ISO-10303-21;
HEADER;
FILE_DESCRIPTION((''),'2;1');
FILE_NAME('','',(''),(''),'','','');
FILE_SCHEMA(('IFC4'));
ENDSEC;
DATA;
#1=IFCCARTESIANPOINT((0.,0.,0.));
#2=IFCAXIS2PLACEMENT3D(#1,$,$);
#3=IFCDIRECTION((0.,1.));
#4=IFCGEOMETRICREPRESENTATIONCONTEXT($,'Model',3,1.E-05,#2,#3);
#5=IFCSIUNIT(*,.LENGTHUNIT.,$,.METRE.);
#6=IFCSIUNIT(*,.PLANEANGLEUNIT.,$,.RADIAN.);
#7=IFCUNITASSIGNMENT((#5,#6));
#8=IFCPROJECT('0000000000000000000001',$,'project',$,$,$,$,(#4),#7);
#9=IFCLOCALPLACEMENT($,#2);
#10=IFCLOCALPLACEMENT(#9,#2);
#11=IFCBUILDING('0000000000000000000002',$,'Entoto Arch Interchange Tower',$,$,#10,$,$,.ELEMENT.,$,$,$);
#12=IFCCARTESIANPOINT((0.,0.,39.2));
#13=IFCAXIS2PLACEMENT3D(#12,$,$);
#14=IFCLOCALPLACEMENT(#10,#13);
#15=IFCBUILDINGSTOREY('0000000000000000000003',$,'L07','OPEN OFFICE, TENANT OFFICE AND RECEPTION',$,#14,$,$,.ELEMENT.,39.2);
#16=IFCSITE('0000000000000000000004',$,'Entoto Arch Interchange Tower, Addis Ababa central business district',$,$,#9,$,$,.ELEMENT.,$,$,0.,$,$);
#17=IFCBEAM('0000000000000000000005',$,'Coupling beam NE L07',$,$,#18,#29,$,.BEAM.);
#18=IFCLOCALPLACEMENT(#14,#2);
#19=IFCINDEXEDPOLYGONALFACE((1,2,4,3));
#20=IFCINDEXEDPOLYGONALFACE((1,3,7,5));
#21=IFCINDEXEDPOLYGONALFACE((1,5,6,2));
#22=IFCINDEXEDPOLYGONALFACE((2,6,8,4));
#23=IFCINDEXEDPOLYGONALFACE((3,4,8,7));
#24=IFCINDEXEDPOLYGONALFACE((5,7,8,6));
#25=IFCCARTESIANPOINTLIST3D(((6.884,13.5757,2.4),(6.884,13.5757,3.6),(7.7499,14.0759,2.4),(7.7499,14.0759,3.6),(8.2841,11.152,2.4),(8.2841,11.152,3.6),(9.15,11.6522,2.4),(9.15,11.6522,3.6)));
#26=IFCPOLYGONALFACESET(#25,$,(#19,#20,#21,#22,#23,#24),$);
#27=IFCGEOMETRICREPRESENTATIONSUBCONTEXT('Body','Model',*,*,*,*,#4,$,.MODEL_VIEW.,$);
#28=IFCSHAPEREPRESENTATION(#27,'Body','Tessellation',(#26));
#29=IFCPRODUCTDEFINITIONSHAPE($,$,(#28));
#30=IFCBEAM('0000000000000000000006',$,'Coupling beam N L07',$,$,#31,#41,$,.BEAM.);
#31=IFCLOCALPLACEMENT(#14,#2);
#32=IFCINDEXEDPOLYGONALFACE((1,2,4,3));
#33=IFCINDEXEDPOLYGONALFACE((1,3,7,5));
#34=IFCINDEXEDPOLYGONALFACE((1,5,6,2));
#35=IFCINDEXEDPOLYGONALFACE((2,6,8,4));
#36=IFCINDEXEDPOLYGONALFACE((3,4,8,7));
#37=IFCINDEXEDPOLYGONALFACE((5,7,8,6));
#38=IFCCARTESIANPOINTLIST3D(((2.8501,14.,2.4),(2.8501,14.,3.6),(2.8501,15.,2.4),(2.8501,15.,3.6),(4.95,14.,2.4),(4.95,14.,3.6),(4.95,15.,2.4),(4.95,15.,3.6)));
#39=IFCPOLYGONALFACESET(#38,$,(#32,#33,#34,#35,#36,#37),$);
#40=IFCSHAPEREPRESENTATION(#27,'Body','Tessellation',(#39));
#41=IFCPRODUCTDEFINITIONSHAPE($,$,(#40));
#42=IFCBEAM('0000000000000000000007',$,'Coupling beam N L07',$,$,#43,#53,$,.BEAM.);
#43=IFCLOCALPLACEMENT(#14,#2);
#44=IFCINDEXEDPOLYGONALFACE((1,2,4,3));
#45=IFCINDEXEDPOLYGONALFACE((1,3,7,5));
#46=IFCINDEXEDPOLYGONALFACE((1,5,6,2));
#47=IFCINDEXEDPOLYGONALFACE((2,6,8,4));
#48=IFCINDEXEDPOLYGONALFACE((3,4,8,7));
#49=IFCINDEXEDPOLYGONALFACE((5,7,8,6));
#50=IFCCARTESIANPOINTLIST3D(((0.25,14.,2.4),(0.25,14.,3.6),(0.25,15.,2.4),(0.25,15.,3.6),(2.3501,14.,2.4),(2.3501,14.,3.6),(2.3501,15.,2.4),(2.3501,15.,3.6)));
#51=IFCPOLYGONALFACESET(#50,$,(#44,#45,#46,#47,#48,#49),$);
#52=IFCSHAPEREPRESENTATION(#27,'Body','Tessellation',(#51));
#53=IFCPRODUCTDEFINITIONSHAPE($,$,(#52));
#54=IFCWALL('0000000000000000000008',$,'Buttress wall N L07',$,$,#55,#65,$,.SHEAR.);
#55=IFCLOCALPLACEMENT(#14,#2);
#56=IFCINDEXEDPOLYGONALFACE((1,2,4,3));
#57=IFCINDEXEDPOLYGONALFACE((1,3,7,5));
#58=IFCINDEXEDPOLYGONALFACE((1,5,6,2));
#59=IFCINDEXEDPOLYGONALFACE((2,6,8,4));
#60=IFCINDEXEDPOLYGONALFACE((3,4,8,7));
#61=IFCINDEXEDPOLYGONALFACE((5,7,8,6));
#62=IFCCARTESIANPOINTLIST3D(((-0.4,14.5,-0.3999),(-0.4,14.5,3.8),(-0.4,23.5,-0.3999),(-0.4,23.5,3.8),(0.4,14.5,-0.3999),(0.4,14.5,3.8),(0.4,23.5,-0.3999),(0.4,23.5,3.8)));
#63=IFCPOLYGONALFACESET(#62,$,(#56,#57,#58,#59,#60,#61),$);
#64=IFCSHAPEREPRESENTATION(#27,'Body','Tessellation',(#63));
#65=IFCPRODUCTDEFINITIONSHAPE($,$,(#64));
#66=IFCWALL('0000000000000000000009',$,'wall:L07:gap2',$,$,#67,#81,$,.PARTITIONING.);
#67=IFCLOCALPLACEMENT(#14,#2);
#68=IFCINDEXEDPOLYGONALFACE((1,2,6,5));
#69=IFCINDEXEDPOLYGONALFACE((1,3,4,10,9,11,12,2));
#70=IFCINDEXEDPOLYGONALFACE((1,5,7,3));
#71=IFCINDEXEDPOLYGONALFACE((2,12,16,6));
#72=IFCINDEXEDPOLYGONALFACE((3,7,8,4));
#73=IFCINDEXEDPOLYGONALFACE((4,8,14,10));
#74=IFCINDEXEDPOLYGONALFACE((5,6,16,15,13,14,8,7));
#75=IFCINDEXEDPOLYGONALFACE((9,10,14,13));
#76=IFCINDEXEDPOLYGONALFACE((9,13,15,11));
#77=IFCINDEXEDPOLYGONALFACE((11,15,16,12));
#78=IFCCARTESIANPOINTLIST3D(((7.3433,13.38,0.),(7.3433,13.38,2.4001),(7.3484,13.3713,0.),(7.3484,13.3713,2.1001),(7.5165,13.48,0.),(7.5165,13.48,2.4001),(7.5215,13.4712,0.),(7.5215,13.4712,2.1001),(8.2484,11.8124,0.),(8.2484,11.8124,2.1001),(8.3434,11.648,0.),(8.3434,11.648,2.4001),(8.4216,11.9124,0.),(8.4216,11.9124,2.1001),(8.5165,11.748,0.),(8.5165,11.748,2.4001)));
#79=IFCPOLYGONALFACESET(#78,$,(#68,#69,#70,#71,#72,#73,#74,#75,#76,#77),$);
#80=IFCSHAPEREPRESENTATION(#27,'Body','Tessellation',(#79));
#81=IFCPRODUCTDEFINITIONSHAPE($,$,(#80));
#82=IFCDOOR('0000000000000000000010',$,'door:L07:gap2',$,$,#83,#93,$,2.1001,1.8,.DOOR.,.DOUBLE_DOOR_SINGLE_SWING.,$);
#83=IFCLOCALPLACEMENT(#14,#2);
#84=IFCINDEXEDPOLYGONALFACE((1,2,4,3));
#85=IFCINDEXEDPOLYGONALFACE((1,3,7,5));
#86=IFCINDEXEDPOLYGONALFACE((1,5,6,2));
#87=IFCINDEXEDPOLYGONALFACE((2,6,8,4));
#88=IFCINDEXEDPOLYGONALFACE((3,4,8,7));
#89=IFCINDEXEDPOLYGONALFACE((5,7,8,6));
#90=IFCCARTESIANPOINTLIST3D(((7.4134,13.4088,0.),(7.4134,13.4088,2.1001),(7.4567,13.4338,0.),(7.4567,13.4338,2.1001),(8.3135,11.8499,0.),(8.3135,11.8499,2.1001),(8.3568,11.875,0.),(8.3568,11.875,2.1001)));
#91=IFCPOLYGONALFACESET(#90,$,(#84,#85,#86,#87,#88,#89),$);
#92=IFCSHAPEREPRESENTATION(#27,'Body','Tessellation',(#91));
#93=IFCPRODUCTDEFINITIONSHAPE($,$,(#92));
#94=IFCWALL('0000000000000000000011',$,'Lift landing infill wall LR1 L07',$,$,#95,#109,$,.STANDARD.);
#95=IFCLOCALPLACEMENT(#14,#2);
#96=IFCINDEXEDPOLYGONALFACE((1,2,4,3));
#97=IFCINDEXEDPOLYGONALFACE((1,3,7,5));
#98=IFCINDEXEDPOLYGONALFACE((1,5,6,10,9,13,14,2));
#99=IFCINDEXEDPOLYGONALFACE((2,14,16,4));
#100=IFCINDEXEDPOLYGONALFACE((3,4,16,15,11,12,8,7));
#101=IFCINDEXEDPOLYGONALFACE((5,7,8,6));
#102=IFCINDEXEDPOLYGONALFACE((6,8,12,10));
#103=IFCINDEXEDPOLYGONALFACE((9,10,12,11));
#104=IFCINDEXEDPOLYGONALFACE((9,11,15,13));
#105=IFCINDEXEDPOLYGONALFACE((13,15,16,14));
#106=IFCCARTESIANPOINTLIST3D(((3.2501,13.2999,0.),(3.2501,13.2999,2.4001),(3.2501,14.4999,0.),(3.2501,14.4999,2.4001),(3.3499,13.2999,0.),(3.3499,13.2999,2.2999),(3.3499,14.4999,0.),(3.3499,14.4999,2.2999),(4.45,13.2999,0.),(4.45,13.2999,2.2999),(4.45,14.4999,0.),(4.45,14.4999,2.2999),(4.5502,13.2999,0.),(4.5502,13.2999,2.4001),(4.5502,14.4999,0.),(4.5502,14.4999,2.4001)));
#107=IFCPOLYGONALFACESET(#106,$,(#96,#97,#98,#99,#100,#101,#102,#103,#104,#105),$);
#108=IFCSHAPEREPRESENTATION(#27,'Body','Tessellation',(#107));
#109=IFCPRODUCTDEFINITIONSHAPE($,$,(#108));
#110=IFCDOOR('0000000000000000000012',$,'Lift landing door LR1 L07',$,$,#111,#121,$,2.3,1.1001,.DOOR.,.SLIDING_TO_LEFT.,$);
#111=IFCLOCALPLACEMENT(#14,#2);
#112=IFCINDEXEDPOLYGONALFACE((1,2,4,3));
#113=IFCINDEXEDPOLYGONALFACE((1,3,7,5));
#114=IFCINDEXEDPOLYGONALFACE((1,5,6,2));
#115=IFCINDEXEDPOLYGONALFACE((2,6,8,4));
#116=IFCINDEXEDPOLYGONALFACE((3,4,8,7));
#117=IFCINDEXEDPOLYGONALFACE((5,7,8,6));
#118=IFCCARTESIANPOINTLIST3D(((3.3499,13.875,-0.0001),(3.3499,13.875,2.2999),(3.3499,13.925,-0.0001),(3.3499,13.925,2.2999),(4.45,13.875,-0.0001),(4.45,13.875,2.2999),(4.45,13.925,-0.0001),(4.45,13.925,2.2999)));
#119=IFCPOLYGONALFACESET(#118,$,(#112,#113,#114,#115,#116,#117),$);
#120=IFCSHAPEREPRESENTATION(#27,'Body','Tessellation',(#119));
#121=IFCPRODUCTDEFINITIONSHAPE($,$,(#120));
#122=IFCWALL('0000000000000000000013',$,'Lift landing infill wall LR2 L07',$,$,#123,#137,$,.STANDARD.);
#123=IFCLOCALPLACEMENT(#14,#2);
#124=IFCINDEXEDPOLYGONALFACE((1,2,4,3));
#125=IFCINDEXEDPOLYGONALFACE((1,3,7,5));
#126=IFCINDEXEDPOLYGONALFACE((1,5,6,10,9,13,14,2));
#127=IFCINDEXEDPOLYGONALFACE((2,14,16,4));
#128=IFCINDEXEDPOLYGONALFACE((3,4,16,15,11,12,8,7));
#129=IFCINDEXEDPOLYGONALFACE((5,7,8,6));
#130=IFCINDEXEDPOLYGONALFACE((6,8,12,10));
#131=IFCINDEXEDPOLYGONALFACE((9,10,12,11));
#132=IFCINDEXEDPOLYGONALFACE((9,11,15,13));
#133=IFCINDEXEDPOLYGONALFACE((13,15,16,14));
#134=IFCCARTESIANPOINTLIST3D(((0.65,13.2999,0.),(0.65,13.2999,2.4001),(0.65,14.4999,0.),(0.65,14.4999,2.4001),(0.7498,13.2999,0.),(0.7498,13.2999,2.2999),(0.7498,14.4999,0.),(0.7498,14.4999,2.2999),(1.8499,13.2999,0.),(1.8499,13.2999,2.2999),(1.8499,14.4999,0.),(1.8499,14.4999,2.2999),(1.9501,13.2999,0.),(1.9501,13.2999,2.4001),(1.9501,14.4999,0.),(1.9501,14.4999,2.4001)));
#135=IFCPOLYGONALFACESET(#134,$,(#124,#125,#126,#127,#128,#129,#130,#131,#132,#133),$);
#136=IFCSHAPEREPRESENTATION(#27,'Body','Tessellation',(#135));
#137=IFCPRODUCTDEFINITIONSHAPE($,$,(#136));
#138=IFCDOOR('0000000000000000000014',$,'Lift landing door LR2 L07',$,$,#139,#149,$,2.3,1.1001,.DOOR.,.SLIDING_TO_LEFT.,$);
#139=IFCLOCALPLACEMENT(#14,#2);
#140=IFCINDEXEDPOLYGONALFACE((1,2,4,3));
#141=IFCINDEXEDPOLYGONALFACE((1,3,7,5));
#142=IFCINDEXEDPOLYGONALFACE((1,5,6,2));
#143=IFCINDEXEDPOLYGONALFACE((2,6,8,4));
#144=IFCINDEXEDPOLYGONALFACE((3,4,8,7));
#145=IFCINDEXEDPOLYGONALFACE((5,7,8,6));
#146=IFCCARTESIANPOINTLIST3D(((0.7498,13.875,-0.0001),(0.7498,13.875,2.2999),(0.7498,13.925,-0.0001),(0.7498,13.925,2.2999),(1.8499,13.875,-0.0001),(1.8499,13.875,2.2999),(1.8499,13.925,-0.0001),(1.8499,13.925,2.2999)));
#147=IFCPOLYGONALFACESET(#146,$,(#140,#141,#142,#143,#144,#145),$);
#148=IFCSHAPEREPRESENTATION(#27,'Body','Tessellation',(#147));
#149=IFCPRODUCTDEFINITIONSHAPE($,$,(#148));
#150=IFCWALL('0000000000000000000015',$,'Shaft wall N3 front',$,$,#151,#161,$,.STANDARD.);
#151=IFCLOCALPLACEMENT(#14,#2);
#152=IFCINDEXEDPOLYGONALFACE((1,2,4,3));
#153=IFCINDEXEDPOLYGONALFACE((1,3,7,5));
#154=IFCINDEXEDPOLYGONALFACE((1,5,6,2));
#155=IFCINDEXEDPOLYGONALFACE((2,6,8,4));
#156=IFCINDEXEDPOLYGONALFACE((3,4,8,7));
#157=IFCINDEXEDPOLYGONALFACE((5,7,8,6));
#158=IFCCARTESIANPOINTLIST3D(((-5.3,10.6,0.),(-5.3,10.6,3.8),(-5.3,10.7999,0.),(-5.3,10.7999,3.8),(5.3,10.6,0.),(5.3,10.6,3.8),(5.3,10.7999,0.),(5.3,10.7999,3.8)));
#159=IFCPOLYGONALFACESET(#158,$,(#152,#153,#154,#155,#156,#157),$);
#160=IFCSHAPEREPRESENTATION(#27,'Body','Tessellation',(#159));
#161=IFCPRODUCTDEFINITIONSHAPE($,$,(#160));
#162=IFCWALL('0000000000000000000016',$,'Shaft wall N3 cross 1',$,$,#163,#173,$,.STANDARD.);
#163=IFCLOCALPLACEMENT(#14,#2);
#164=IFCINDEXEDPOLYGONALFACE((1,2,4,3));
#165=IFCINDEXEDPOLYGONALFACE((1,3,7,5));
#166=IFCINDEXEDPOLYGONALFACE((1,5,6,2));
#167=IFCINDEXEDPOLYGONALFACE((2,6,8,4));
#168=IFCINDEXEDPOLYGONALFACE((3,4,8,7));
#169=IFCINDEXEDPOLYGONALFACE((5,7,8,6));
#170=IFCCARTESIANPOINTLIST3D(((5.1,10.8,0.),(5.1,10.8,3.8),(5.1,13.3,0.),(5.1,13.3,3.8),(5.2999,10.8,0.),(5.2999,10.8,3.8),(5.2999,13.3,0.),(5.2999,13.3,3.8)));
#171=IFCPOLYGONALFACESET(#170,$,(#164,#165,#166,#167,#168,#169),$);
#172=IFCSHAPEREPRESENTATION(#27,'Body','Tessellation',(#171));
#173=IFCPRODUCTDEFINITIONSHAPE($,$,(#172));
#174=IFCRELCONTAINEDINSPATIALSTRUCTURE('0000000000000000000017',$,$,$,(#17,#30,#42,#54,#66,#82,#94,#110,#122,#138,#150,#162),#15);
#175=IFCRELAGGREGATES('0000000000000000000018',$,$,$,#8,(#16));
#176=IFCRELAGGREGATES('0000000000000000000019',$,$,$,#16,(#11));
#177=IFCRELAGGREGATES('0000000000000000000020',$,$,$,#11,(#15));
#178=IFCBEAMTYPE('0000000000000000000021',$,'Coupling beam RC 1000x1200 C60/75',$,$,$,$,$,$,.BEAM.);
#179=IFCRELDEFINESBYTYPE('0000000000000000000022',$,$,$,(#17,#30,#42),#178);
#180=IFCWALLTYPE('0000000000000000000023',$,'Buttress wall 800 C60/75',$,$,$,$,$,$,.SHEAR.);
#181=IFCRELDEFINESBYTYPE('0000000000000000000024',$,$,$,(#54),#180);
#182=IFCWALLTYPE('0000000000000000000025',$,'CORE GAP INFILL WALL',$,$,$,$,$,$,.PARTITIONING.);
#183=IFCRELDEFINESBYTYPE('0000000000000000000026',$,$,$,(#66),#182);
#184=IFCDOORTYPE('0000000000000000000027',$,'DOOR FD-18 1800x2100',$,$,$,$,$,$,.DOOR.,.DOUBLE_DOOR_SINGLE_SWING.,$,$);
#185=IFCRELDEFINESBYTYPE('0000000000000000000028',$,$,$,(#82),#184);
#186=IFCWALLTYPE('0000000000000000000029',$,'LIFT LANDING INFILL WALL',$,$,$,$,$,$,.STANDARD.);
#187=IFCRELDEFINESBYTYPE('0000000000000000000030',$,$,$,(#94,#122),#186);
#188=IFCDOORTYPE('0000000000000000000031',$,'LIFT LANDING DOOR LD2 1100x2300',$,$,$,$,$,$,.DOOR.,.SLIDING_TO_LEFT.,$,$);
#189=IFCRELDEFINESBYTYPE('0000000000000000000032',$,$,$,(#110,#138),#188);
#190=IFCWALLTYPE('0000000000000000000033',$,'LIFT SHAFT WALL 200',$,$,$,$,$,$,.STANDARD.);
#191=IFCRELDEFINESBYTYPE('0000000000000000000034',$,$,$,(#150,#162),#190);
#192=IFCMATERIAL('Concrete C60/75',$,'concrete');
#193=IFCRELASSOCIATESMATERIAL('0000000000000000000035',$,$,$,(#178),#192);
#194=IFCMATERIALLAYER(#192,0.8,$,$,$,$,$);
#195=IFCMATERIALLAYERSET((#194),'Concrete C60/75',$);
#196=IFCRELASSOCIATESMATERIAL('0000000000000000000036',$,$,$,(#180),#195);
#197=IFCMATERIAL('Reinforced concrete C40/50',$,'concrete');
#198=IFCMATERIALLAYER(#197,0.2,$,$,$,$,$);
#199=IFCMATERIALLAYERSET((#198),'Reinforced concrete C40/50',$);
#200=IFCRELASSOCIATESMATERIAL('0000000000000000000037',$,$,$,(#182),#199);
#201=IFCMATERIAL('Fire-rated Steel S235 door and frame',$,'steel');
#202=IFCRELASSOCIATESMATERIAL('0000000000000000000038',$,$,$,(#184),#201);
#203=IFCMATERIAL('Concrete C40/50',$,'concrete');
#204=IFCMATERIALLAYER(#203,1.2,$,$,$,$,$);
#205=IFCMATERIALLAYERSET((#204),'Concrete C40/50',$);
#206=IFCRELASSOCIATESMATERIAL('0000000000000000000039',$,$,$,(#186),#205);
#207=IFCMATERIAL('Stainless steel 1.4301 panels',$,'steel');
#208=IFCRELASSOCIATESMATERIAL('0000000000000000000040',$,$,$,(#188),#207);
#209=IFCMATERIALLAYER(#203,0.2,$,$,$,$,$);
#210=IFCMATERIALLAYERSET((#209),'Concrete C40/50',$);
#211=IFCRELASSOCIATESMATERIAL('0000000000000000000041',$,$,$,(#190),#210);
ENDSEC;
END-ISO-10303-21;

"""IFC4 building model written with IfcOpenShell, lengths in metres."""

from ifc_helpers import new_model, si_unit, direction, frame, frame_2d, origin, origin_2d, place, context, subcontext, project, spatial, rectangle, extrude, material, layer, layer_set, material_profile, profile_set, type_object, element, fill, save


model = new_model("IFC4")

# Units and contexts
model_context = context("Model", 3, precision=1e-05, world=origin(), true_north=direction((0.0, 1.0)))
body_context = subcontext(model_context, "Body", "Model", "MODEL_VIEW")
ifc_project = project(units=[si_unit("LENGTHUNIT", "METRE"), si_unit("PLANEANGLEUNIT", "RADIAN")], contexts=[model_context])

# Site, building, storey
site_placement = place(None, origin())
site = spatial("IfcSite", under=ifc_project, at=site_placement, Name="Entoto Arch Interchange Tower, Addis Ababa central business district", CompositionType="ELEMENT", RefElevation=0.0)
building_placement = place(site_placement, origin())
building = spatial("IfcBuilding", under=site, at=building_placement, Name="Entoto Arch Interchange Tower", CompositionType="ELEMENT")
storey_placement = place(building_placement, frame((0.0, 0.0, 39.2)))
storey = spatial("IfcBuildingStorey", under=building, at=storey_placement, Name="L07", Description="OPEN OFFICE, TENANT OFFICE AND RECEPTION", CompositionType="ELEMENT", Elevation=39.2)

# Beams
ifc_material_1 = material(Name="Concrete C60/75", Category="concrete")
ifc_material_profile = material_profile(ifc_material_1, rectangle(XDim=1.0, YDim=1.2, at=origin_2d()))
ifc_profile_set = profile_set([ifc_material_profile], Name="Concrete C60/75")
beam_type = type_object("IfcBeamType", Name="Coupling beam RC 1000x1200 C60/75", PredefinedType="BEAM", material=ifc_profile_set)
beam_1_placement = place(storey_placement, frame((8.717, 11.4021, 3.0), z_axis=(-0.500201, 0.86591, 0.0), x_axis=(-0.86591, -0.500201, 0.0)))
element("IfcBeam", 1, at=beam_1_placement, inside=storey, type_object=beam_type, Name="Coupling beam NE L07", PredefinedType="BEAM", context=body_context, shape_type="SweptSolid", body=[
    extrude(rectangle(XDim=1.0, YDim=1.2, at=origin_2d()), origin(), (0.0, 0.0, 1.0), 2.7991),
])
beam_2_placement = place(storey_placement, frame((4.95, 14.5, 3.0), z_axis=(-1.0, 0.0, 0.0), x_axis=(0.0, -1.0, 0.0)))
element("IfcBeam", 2, at=beam_2_placement, inside=storey, type_object=beam_type, Name="Coupling beam N L07", PredefinedType="BEAM", context=body_context, shape_type="SweptSolid", body=[
    extrude(rectangle(XDim=1.0, YDim=1.2, at=origin_2d()), origin(), (0.0, 0.0, 1.0), 2.0999),
])
beam_3_placement = place(storey_placement, frame((2.3501, 14.5, 3.0), z_axis=(-1.0, 0.0, 0.0), x_axis=(0.0, -1.0, 0.0)))
element("IfcBeam", 3, at=beam_3_placement, inside=storey, type_object=beam_type, Name="Coupling beam N L07", PredefinedType="BEAM", context=body_context, shape_type="SweptSolid", body=[
    extrude(rectangle(XDim=1.0, YDim=1.2, at=origin_2d()), origin(), (0.0, 0.0, 1.0), 2.1001),
])

# Wall
ifc_layer_1 = layer(ifc_material_1, 0.8)
ifc_layer_set_1 = layer_set([ifc_layer_1], Name="Concrete C60/75")
wall_type_1 = type_object("IfcWallType", Name="Buttress wall 800 C60/75", PredefinedType="SHEAR", material=ifc_layer_set_1)
wall_1_placement = place(storey_placement, frame((0.0, 14.5, -0.3999), z_axis=(0.0, 0.0, 1.0), x_axis=(0.0, 1.0, 0.0)))
element("IfcWall", 4, at=wall_1_placement, inside=storey, type_object=wall_type_1, Name="Buttress wall N L07", PredefinedType="SHEAR", context=body_context, shape_type="SweptSolid", body=[
    extrude(rectangle(XDim=9.0, YDim=0.8, at=frame_2d((4.5, 0.0))), origin(), (0.0, 0.0, 1.0), 4.2),
])

# Walls, openings, doors
ifc_material_2 = material(Name="Reinforced concrete C40/50", Category="concrete")
ifc_layer_2 = layer(ifc_material_2, 0.2)
ifc_layer_set_2 = layer_set([ifc_layer_2], Name="Reinforced concrete C40/50")
wall_type_2 = type_object("IfcWallType", Name="CORE GAP INFILL WALL", PredefinedType="PARTITIONING", material=ifc_layer_set_2)
wall_2_placement = place(storey_placement, frame((8.4299, 11.698, 0.0), z_axis=(0.0, 0.0, 1.0), x_axis=(-0.500025, 0.866011, 0.0)))
wall_2 = element("IfcWall", 5, at=wall_2_placement, inside=storey, type_object=wall_type_2, Name="wall:L07:gap2", PredefinedType="PARTITIONING", context=body_context, shape_type="SweptSolid", body=[
    extrude(rectangle(XDim=2.0, YDim=0.2, at=frame_2d((1.0, 0.0))), origin(), (0.0, 0.0, 1.0), 2.4001),
])
opening_1_placement = place(wall_2_placement, frame((0.1899, 0.0, 0.0)))
opening_1 = element("IfcOpeningElement", 6, at=opening_1_placement, cuts=wall_2, PredefinedType="OPENING", context=body_context, shape_type="SweptSolid", body=[
    extrude(rectangle(XDim=1.8, YDim=2.1001, at=frame_2d((0.8999, 1.05))), frame((0.0, 0.1099, 0.0), z_axis=(0.0, -1.0, 0.0), x_axis=(1.0, 0.0, 0.0)), (0.0, 0.0, 1.0), 0.22),
])
ifc_material_3 = material(Name="Fire-rated Steel S235 door and frame", Category="steel")
door_type_1 = type_object("IfcDoorType", Name="DOOR FD-18 1800x2100", OperationType="DOUBLE_DOOR_SINGLE_SWING", PredefinedType="DOOR", material=ifc_material_3)
door_1_placement = place(opening_1_placement, origin())
door_1 = element("IfcDoor", 7, at=door_1_placement, inside=storey, type_object=door_type_1, Name="door:L07:gap2", OperationType="DOUBLE_DOOR_SINGLE_SWING", OverallHeight=2.1001, OverallWidth=1.8, PredefinedType="DOOR", context=body_context, shape_type="SweptSolid", body=[
    extrude(rectangle(XDim=1.8, YDim=2.1001, at=frame_2d((0.8999, 1.05))), frame((0.0, 0.0249, 0.0), z_axis=(0.0, -1.0, 0.0), x_axis=(1.0, 0.0, 0.0)), (0.0, 0.0, 1.0), 0.05),
])
fill(opening_1, door_1)
ifc_material_4 = material(Name="Concrete C40/50", Category="concrete")
ifc_layer_3 = layer(ifc_material_4, 1.2)
ifc_layer_set_3 = layer_set([ifc_layer_3], Name="Concrete C40/50")
wall_type_3 = type_object("IfcWallType", Name="LIFT LANDING INFILL WALL", PredefinedType="STANDARD", material=ifc_layer_set_3)
wall_3_placement = place(storey_placement, frame((4.55, 13.8999, 0.0), z_axis=(0.0, 0.0, 1.0), x_axis=(-1.0, 0.0, 0.0)))
wall_3 = element("IfcWall", 8, at=wall_3_placement, inside=storey, type_object=wall_type_3, Name="Lift landing infill wall LR1 L07", PredefinedType="STANDARD", context=body_context, shape_type="SweptSolid", body=[
    extrude(rectangle(XDim=1.3, YDim=1.2, at=frame_2d((0.6499, 0.0))), origin(), (0.0, 0.0, 1.0), 2.4001),
])
opening_2_placement = place(wall_3_placement, frame((0.1001, 0.0, 0.0)))
opening_2 = element("IfcOpeningElement", 9, at=opening_2_placement, cuts=wall_3, PredefinedType="OPENING", context=body_context, shape_type="SweptSolid", body=[
    extrude(rectangle(XDim=1.1001, YDim=2.3, at=frame_2d((0.55, 1.1499))), frame((0.0, 0.6099, 0.0), z_axis=(0.0, -1.0, 0.0), x_axis=(1.0, 0.0, 0.0)), (0.0, 0.0, 1.0), 1.22),
])
ifc_material_5 = material(Name="Stainless steel 1.4301 panels", Category="steel")
door_type_2 = type_object("IfcDoorType", Name="LIFT LANDING DOOR LD2 1100x2300", OperationType="SLIDING_TO_LEFT", PredefinedType="DOOR", material=ifc_material_5)
door_2_placement = place(opening_2_placement, origin())
door_2 = element("IfcDoor", 10, at=door_2_placement, inside=storey, type_object=door_type_2, Name="Lift landing door LR1 L07", OperationType="SLIDING_TO_LEFT", OverallHeight=2.3, OverallWidth=1.1001, PredefinedType="DOOR", context=body_context, shape_type="SweptSolid", body=[
    extrude(rectangle(XDim=1.1001, YDim=2.3, at=frame_2d((0.55, 1.1499))), frame((0.0, 0.0249, 0.0), z_axis=(0.0, -1.0, 0.0), x_axis=(1.0, 0.0, 0.0)), (0.0, 0.0, 1.0), 0.05),
])
fill(opening_2, door_2)
wall_4_placement = place(storey_placement, frame((1.95, 13.8999, 0.0), z_axis=(0.0, 0.0, 1.0), x_axis=(-1.0, 0.0, 0.0)))
wall_4 = element("IfcWall", 11, at=wall_4_placement, inside=storey, type_object=wall_type_3, Name="Lift landing infill wall LR2 L07", PredefinedType="STANDARD", context=body_context, shape_type="SweptSolid", body=[
    extrude(rectangle(XDim=1.3, YDim=1.2, at=frame_2d((0.6499, 0.0))), origin(), (0.0, 0.0, 1.0), 2.4001),
])
opening_3_placement = place(wall_4_placement, frame((0.1001, 0.0, 0.0)))
opening_3 = element("IfcOpeningElement", 12, at=opening_3_placement, cuts=wall_4, PredefinedType="OPENING", context=body_context, shape_type="SweptSolid", body=[
    extrude(rectangle(XDim=1.1001, YDim=2.3, at=frame_2d((0.55, 1.1499))), frame((0.0, 0.6099, 0.0), z_axis=(0.0, -1.0, 0.0), x_axis=(1.0, 0.0, 0.0)), (0.0, 0.0, 1.0), 1.22),
])
door_3_placement = place(opening_3_placement, origin())
door_3 = element("IfcDoor", 13, at=door_3_placement, inside=storey, type_object=door_type_2, Name="Lift landing door LR2 L07", OperationType="SLIDING_TO_LEFT", OverallHeight=2.3, OverallWidth=1.1001, PredefinedType="DOOR", context=body_context, shape_type="SweptSolid", body=[
    extrude(rectangle(XDim=1.1001, YDim=2.3, at=frame_2d((0.55, 1.1499))), frame((0.0, 0.0249, 0.0), z_axis=(0.0, -1.0, 0.0), x_axis=(1.0, 0.0, 0.0)), (0.0, 0.0, 1.0), 0.05),
])
fill(opening_3, door_3)

# Walls
ifc_layer_4 = layer(ifc_material_4, 0.2)
ifc_layer_set_4 = layer_set([ifc_layer_4], Name="Concrete C40/50")
wall_type_4 = type_object("IfcWallType", Name="LIFT SHAFT WALL 200", PredefinedType="STANDARD", material=ifc_layer_set_4)
wall_5_placement = place(storey_placement, frame((5.3, 10.7, 0.0), z_axis=(0.0, 0.0, 1.0), x_axis=(-1.0, 0.0, 0.0)))
element("IfcWall", 14, at=wall_5_placement, inside=storey, type_object=wall_type_4, Name="Shaft wall N3 front", PredefinedType="STANDARD", context=body_context, shape_type="SweptSolid", body=[
    extrude(rectangle(XDim=10.6001, YDim=0.2, at=frame_2d((5.3, 0.0))), origin(), (0.0, 0.0, 1.0), 3.8),
])
for number, where, z_axis, x_axis, name in (
    (15, (5.2, 10.8, 0.0), (0.0, 0.0, 1.0), (0.0, 1.0, 0.0), "Shaft wall N3 cross 1"),
):
    element("IfcWall", number, at=place(storey_placement, frame(where, z_axis=z_axis, x_axis=x_axis)), inside=storey, type_object=wall_type_4, Name=name, PredefinedType="STANDARD", context=body_context, shape_type="SweptSolid", body=[
        extrude(rectangle(XDim=2.5, YDim=0.2, at=frame_2d((1.25, 0.0))), origin(), (0.0, 0.0, 1.0), 3.8),
    ])

save(model, "model.ifc")
